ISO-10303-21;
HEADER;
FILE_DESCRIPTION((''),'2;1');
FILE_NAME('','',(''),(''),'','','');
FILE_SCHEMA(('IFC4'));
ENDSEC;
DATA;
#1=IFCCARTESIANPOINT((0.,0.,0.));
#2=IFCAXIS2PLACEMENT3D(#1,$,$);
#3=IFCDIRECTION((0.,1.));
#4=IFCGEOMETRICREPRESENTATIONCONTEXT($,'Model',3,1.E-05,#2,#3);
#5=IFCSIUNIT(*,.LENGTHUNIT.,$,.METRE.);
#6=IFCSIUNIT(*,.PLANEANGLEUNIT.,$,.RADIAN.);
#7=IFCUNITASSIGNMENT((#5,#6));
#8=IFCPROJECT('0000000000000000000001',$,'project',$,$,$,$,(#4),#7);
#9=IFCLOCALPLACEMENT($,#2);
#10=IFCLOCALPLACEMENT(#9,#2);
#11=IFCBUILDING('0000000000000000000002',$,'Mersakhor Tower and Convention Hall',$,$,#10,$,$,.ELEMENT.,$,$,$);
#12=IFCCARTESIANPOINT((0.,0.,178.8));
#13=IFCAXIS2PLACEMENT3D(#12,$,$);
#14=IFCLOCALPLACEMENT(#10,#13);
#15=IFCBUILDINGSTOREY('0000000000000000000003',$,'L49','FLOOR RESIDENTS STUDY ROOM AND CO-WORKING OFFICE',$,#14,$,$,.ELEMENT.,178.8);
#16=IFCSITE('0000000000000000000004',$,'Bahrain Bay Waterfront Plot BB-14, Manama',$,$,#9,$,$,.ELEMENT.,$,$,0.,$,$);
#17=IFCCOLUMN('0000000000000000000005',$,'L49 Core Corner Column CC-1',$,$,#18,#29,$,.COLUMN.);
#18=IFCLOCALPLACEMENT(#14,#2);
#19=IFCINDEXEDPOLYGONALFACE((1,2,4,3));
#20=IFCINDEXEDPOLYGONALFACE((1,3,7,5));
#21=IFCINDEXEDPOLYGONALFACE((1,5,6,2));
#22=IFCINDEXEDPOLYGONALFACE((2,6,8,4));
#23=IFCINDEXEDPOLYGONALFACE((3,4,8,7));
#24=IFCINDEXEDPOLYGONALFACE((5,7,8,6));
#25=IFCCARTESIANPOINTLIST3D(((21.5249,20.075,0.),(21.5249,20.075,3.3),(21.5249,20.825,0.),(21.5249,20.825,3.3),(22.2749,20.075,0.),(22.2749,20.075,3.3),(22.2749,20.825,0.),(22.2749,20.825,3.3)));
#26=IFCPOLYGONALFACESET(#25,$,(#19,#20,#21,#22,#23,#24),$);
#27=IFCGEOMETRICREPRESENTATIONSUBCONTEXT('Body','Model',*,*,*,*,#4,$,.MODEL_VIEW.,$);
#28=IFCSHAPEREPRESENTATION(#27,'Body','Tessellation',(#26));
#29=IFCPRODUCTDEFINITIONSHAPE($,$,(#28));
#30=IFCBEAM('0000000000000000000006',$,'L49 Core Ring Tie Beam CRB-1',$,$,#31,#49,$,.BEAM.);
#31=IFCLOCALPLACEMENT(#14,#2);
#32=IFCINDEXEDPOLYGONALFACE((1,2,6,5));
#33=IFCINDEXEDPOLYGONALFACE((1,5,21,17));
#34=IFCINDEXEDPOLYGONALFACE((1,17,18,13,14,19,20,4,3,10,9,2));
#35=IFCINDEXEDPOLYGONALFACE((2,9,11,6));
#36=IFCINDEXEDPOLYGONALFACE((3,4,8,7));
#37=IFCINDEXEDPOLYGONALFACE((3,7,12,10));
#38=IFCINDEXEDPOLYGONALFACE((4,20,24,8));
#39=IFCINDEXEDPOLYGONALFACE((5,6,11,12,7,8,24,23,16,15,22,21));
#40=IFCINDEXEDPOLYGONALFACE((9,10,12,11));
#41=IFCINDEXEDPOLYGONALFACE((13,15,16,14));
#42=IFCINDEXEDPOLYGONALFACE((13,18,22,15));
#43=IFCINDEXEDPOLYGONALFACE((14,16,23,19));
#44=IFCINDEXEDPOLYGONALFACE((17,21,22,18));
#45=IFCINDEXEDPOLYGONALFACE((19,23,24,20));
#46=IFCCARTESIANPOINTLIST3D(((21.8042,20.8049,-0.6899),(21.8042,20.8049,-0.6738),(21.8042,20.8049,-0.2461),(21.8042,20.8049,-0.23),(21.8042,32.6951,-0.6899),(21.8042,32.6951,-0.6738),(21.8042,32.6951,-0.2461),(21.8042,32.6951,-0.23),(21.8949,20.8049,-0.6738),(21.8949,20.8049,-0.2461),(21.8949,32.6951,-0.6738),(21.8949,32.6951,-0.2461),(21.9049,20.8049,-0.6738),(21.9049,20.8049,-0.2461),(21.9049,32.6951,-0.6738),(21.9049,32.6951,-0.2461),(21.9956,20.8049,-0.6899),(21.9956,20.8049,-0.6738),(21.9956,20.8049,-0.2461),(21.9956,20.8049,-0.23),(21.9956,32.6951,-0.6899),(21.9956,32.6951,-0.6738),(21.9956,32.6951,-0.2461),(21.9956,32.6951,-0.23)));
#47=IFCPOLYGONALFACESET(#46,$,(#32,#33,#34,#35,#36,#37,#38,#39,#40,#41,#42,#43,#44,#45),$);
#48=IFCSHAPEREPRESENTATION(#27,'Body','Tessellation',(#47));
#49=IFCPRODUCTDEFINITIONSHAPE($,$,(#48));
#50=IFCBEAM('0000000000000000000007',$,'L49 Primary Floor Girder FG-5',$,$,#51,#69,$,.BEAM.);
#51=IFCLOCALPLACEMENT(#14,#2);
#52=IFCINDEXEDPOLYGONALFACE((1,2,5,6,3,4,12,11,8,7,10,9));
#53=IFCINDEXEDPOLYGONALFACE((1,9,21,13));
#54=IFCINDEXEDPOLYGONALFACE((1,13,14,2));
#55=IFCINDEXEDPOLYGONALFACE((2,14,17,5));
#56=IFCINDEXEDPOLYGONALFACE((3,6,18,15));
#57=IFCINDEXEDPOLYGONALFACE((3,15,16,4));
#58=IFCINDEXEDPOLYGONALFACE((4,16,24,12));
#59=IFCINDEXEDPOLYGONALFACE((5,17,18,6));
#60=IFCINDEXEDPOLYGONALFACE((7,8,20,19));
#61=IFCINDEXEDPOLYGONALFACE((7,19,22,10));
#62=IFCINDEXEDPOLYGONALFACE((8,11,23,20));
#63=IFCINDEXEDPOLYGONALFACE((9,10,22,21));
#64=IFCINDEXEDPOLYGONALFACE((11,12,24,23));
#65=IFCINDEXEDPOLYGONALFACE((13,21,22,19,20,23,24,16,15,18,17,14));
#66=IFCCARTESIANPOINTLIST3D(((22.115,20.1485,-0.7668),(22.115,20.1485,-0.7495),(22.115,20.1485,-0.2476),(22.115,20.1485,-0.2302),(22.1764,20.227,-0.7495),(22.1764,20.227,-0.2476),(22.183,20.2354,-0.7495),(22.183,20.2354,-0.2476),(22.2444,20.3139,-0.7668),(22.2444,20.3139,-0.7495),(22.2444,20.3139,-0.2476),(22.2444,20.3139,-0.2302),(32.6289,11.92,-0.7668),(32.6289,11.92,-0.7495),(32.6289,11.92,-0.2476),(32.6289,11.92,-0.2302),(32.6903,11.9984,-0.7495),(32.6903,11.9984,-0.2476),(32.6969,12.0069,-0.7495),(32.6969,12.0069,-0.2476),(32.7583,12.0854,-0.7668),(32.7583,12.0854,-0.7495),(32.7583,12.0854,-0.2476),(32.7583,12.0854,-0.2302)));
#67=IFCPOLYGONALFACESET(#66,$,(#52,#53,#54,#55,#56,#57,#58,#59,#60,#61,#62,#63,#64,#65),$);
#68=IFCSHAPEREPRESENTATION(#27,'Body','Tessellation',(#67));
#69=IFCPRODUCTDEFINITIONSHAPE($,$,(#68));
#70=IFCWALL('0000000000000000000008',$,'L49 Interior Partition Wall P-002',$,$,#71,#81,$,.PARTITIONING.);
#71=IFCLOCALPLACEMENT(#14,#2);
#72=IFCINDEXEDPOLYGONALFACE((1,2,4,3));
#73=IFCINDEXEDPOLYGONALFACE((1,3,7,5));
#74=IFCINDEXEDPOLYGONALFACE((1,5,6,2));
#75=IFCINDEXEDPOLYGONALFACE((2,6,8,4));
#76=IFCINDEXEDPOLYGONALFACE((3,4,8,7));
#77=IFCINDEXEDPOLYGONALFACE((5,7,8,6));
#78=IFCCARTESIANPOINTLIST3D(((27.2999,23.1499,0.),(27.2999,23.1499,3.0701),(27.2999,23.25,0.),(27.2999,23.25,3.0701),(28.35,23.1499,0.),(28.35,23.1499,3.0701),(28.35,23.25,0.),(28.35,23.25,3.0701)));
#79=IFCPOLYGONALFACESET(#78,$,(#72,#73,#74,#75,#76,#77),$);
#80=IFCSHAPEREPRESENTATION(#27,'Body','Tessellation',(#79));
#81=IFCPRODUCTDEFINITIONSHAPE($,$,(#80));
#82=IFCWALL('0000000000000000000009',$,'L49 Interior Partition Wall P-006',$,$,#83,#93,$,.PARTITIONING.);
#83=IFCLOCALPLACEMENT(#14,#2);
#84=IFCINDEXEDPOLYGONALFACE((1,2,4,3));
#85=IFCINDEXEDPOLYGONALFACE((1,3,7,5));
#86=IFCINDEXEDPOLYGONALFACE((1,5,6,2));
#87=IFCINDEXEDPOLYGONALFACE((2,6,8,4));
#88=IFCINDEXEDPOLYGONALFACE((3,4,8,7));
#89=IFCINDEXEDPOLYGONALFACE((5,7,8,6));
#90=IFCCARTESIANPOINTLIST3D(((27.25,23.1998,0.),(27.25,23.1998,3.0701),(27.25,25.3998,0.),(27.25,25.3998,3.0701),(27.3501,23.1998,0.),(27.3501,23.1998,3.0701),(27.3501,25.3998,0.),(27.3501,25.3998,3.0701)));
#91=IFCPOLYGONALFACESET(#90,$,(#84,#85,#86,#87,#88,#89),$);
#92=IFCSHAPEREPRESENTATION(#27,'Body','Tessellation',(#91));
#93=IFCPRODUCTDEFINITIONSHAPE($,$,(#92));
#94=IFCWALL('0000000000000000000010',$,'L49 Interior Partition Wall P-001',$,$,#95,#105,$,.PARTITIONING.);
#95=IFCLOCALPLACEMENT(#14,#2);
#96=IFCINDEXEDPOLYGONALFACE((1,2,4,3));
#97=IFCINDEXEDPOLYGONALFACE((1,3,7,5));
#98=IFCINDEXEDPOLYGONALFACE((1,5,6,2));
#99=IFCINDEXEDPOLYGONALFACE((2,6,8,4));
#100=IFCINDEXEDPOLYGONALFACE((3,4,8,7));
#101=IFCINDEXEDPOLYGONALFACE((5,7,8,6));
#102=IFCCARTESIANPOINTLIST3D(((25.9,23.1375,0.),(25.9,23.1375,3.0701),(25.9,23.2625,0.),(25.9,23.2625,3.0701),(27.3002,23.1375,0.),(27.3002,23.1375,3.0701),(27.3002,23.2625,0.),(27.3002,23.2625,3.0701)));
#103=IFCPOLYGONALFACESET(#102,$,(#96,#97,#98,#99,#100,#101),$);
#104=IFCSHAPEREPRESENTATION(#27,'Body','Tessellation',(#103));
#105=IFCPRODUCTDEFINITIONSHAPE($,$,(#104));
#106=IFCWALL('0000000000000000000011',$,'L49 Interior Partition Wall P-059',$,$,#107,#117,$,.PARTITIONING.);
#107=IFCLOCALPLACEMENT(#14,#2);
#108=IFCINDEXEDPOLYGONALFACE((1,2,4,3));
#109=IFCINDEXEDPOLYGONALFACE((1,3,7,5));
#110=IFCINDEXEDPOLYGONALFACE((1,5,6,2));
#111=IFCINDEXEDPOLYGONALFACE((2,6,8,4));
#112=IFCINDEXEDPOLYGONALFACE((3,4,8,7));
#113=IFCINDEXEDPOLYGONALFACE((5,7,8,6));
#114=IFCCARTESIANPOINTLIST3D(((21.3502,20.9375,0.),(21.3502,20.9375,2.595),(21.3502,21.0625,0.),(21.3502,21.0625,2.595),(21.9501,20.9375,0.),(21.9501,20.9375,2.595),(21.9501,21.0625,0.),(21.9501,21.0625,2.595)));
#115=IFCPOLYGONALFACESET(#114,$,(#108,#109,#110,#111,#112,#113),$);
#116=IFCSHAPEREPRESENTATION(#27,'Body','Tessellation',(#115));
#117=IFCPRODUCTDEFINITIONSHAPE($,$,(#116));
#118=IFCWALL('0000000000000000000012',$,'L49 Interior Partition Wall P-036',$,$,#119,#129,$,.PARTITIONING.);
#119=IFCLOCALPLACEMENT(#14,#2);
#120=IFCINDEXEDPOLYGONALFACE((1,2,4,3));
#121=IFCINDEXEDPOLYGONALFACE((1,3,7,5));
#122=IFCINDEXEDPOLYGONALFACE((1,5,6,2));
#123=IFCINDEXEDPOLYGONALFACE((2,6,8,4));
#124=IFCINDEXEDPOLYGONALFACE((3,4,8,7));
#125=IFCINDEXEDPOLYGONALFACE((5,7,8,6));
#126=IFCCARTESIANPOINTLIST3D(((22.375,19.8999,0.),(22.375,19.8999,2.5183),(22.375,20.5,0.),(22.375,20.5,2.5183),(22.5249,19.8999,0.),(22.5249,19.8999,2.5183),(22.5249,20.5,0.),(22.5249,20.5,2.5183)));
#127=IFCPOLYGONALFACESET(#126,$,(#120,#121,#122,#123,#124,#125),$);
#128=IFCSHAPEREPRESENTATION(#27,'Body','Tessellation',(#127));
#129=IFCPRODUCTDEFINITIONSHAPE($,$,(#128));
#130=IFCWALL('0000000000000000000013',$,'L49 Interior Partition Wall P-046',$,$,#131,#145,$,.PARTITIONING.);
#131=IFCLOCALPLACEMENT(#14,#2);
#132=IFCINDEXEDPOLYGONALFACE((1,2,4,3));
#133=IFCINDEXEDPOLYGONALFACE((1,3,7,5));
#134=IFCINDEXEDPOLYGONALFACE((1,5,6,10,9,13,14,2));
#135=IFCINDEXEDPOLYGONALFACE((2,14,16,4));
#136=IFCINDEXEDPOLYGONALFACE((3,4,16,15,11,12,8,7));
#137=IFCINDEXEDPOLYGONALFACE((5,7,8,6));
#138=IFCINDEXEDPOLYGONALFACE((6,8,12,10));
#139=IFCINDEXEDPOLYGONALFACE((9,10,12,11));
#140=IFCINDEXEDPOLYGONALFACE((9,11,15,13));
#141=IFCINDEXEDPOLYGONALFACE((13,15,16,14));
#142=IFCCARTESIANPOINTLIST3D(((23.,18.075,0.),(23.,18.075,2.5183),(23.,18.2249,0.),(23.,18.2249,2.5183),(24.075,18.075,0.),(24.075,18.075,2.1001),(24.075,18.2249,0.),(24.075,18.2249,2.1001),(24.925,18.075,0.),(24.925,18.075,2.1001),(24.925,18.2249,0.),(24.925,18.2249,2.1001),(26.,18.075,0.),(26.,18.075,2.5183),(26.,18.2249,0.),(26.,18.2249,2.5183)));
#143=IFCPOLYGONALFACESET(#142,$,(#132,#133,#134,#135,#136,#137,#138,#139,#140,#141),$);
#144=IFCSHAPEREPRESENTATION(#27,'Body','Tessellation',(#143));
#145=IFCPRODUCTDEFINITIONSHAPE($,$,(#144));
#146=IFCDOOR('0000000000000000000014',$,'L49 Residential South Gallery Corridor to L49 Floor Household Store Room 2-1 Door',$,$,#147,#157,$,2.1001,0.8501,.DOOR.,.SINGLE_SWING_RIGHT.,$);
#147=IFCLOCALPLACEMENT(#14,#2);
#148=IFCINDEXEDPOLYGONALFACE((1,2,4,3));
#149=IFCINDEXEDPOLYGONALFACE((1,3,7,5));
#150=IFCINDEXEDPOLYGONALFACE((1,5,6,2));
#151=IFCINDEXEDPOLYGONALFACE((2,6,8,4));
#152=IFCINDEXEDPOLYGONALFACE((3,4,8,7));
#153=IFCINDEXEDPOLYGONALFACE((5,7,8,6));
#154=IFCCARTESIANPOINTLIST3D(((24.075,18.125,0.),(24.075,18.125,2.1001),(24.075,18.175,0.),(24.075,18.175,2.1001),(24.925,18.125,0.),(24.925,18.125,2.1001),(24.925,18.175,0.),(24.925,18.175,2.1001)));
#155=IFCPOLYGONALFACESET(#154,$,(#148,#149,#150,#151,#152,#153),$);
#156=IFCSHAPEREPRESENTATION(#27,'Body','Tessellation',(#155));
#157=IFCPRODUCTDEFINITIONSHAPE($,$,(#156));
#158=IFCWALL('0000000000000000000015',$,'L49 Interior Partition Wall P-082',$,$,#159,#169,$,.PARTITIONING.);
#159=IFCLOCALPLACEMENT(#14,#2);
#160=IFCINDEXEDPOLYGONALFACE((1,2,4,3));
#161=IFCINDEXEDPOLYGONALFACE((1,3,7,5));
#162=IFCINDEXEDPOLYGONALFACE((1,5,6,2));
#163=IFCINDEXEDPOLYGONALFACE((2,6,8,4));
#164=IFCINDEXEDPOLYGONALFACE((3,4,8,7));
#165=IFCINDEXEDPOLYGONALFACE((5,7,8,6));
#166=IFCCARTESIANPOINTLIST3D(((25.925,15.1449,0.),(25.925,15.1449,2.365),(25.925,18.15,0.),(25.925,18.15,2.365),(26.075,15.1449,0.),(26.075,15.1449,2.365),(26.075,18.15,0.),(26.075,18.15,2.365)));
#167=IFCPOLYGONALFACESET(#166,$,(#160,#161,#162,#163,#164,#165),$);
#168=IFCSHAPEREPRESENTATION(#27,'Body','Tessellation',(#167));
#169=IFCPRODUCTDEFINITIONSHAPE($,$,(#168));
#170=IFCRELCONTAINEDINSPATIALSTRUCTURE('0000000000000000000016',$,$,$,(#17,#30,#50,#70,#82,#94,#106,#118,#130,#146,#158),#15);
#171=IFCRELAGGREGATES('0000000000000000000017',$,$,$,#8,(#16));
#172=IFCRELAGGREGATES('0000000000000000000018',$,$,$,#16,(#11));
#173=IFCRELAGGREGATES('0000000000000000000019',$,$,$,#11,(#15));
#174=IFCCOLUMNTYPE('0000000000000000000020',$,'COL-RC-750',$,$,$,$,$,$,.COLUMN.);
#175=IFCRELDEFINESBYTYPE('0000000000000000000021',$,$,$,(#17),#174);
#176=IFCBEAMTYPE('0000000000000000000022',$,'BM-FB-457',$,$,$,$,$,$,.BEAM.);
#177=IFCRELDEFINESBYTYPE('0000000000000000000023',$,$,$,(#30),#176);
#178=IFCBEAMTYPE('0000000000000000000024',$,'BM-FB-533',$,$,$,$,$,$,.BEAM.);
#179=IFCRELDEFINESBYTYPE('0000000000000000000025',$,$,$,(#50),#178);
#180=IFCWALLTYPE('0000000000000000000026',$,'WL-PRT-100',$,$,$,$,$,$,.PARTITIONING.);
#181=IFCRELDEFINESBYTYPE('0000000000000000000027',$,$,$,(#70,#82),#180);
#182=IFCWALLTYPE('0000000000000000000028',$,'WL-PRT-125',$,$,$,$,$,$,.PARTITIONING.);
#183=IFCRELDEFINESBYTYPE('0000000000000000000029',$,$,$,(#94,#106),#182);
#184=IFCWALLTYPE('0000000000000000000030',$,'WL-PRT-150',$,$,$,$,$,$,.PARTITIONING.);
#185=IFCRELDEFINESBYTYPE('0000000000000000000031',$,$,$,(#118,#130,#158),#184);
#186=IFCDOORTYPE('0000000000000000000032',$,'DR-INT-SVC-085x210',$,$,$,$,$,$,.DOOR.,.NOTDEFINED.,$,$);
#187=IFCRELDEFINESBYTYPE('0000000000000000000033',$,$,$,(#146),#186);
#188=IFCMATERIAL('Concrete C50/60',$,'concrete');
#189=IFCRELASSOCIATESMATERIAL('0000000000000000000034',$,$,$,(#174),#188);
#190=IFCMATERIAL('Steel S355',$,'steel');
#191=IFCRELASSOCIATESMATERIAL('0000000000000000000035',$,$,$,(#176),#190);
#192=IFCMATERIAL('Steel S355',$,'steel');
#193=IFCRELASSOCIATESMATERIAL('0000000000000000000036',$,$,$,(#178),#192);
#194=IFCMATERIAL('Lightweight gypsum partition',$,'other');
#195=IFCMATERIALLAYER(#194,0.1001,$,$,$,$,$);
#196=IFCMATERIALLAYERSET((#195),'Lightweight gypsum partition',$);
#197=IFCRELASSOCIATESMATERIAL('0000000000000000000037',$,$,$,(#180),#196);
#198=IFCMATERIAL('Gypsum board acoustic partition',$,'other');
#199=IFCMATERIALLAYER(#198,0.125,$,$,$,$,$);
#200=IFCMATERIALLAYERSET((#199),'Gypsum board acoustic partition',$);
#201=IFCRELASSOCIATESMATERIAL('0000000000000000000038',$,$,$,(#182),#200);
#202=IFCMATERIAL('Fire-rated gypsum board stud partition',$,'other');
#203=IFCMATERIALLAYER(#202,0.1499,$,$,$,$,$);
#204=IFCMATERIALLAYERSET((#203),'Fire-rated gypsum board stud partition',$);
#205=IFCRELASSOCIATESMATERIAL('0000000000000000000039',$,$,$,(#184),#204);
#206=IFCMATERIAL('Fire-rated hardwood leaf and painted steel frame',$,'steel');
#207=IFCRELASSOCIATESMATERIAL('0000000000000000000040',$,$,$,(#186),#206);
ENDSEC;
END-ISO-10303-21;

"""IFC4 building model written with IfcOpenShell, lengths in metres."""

from ifc_helpers import new_model, si_unit, direction, frame, frame_2d, origin, origin_2d, place, context, subcontext, project, spatial, rectangle, i_section, extrude, material, layer, layer_set, material_profile, profile_set, type_object, element, fill, save


model = new_model("IFC4")

# Units and contexts
model_context = context("Model", 3, precision=1e-05, world=origin(), true_north=direction((0.0, 1.0)))
body_context = subcontext(model_context, "Body", "Model", "MODEL_VIEW")
ifc_project = project(units=[si_unit("LENGTHUNIT", "METRE"), si_unit("PLANEANGLEUNIT", "RADIAN")], contexts=[model_context])

# Site, building, storey
site_placement = place(None, origin())
site = spatial("IfcSite", under=ifc_project, at=site_placement, Name="Bahrain Bay Waterfront Plot BB-14, Manama", CompositionType="ELEMENT", RefElevation=0.0)
building_placement = place(site_placement, origin())
building = spatial("IfcBuilding", under=site, at=building_placement, Name="Mersakhor Tower and Convention Hall", CompositionType="ELEMENT")
storey_placement = place(building_placement, frame((0.0, 0.0, 178.8)))
storey = spatial("IfcBuildingStorey", under=building, at=storey_placement, Name="L49", Description="FLOOR RESIDENTS STUDY ROOM AND CO-WORKING OFFICE", CompositionType="ELEMENT", Elevation=178.8)

# Column
ifc_material_1 = material(Name="Concrete C50/60", Category="concrete")
ifc_material_profile_1 = material_profile(ifc_material_1, rectangle(XDim=0.75, YDim=0.75, at=origin_2d()), Name="RC 750x750")
ifc_profile_set_1 = profile_set([ifc_material_profile_1], Name="Concrete C50/60")
column_type = type_object("IfcColumnType", Name="COL-RC-750", PredefinedType="COLUMN", material=ifc_profile_set_1)
column_placement = place(storey_placement, frame((21.8999, 20.45, 0.0), z_axis=(0.0, 0.0, 1.0), x_axis=(1.0, 0.0, 0.0)))
element("IfcColumn", 1, at=column_placement, inside=storey, type_object=column_type, Name="L49 Core Corner Column CC-1", PredefinedType="COLUMN", context=body_context, shape_type="SweptSolid", body=[
    extrude(rectangle(XDim=0.75, YDim=0.75, at=origin_2d()), origin(), (0.0, 0.0, 1.0), 3.3),
])

# Beams
ifc_material_2 = material(Name="Steel S355", Category="steel")
ifc_material_profile_2 = material_profile(ifc_material_2, i_section(OverallWidth=0.1914, OverallDepth=0.46, WebThickness=0.01, FlangeThickness=0.0161, at=origin_2d()), Name="UB 457x191x82")
ifc_profile_set_2 = profile_set([ifc_material_profile_2], Name="Steel S355")
beam_type_1 = type_object("IfcBeamType", Name="BM-FB-457", PredefinedType="BEAM", material=ifc_profile_set_2)
beam_1_placement = place(storey_placement, frame((21.8999, 20.8049, -0.46), z_axis=(0.0, 1.0, 0.0), x_axis=(-1.0, 0.0, 0.0)))
element("IfcBeam", 2, at=beam_1_placement, inside=storey, type_object=beam_type_1, Name="L49 Core Ring Tie Beam CRB-1", PredefinedType="BEAM", context=body_context, shape_type="SweptSolid", body=[
    extrude(i_section(OverallWidth=0.1914, OverallDepth=0.46, WebThickness=0.01, FlangeThickness=0.0161, at=origin_2d()), origin(), (0.0, 0.0, 1.0), 11.8901),
])
ifc_material_3 = material(Name="Steel S355", Category="steel")
ifc_material_profile_3 = material_profile(ifc_material_3, i_section(OverallWidth=0.21, OverallDepth=0.5366, WebThickness=0.0107, FlangeThickness=0.0173, at=origin_2d()), Name="UB 533x210x101")
ifc_profile_set_3 = profile_set([ifc_material_profile_3], Name="Steel S355")
beam_type_2 = type_object("IfcBeamType", Name="BM-FB-533", PredefinedType="BEAM", material=ifc_profile_set_3)
beam_2_placement = place(storey_placement, frame((22.1797, 20.2312, -0.4985), z_axis=(0.787497, -0.616319, 0.0), x_axis=(0.616319, 0.787497, 0.0)))
element("IfcBeam", 3, at=beam_2_placement, inside=storey, type_object=beam_type_2, Name="L49 Primary Floor Girder FG-5", PredefinedType="BEAM", context=body_context, shape_type="SweptSolid", body=[
    extrude(i_section(OverallWidth=0.21, OverallDepth=0.5366, WebThickness=0.0107, FlangeThickness=0.0173, at=origin_2d()), origin(), (0.0, 0.0, 1.0), 13.3511),
])

# Walls
ifc_material_4 = material(Name="Lightweight gypsum partition", Category="other")
ifc_layer_1 = layer(ifc_material_4, 0.1001)
ifc_layer_set_1 = layer_set([ifc_layer_1], Name="Lightweight gypsum partition")
wall_type_1 = type_object("IfcWallType", Name="WL-PRT-100", PredefinedType="PARTITIONING", material=ifc_layer_set_1)
wall_1_placement = place(storey_placement, frame((27.3, 23.2, 0.0), z_axis=(0.0, 0.0, 1.0), x_axis=(1.0, 0.0, 0.0)))
element("IfcWall", 4, at=wall_1_placement, inside=storey, type_object=wall_type_1, Name="L49 Interior Partition Wall P-002", PredefinedType="PARTITIONING", context=body_context, shape_type="SweptSolid", body=[
    extrude(rectangle(XDim=1.05, YDim=0.1001, at=frame_2d((0.5249, 0.0))), origin(), (0.0, 0.0, 1.0), 3.0701),
])
wall_2_placement = place(storey_placement, frame((27.3, 25.3999, 0.0), z_axis=(0.0, 0.0, 1.0), x_axis=(0.0, -1.0, 0.0)))
element("IfcWall", 5, at=wall_2_placement, inside=storey, type_object=wall_type_1, Name="L49 Interior Partition Wall P-006", PredefinedType="PARTITIONING", context=body_context, shape_type="SweptSolid", body=[
    extrude(rectangle(XDim=2.2, YDim=0.1001, at=frame_2d((1.1001, 0.0))), origin(), (0.0, 0.0, 1.0), 3.0701),
])
ifc_material_5 = material(Name="Gypsum board acoustic partition", Category="other")
ifc_layer_2 = layer(ifc_material_5, 0.125)
ifc_layer_set_2 = layer_set([ifc_layer_2], Name="Gypsum board acoustic partition")
wall_type_2 = type_object("IfcWallType", Name="WL-PRT-125", PredefinedType="PARTITIONING", material=ifc_layer_set_2)
wall_3_placement = place(storey_placement, frame((25.8999, 23.2, 0.0), z_axis=(0.0, 0.0, 1.0), x_axis=(1.0, 0.0, 0.0)))
element("IfcWall", 6, at=wall_3_placement, inside=storey, type_object=wall_type_2, Name="L49 Interior Partition Wall P-001", PredefinedType="PARTITIONING", context=body_context, shape_type="SweptSolid", body=[
    extrude(rectangle(XDim=1.4001, YDim=0.125, at=frame_2d((0.7002, 0.0))), origin(), (0.0, 0.0, 1.0), 3.0701),
])
wall_4_placement = place(storey_placement, frame((21.95, 21.0, 0.0), z_axis=(0.0, 0.0, 1.0), x_axis=(-1.0, 0.0, 0.0)))
element("IfcWall", 7, at=wall_4_placement, inside=storey, type_object=wall_type_2, Name="L49 Interior Partition Wall P-059", PredefinedType="PARTITIONING", context=body_context, shape_type="SweptSolid", body=[
    extrude(rectangle(XDim=0.5999, YDim=0.125, at=frame_2d((0.2998, 0.0))), origin(), (0.0, 0.0, 1.0), 2.595),
])
ifc_material_6 = material(Name="Fire-rated gypsum board stud partition", Category="other")
ifc_layer_3 = layer(ifc_material_6, 0.1499)
ifc_layer_set_3 = layer_set([ifc_layer_3], Name="Fire-rated gypsum board stud partition")
wall_type_3 = type_object("IfcWallType", Name="WL-PRT-150", PredefinedType="PARTITIONING", material=ifc_layer_set_3)
wall_5_placement = place(storey_placement, frame((22.45, 19.8999, 0.0), z_axis=(0.0, 0.0, 1.0), x_axis=(0.0, 1.0, 0.0)))
element("IfcWall", 8, at=wall_5_placement, inside=storey, type_object=wall_type_3, Name="L49 Interior Partition Wall P-036", PredefinedType="PARTITIONING", context=body_context, shape_type="SweptSolid", body=[
    extrude(rectangle(XDim=0.6001, YDim=0.1499, at=frame_2d((0.3, 0.0))), origin(), (0.0, 0.0, 1.0), 2.5183),
])

# Wall, opening, door
wall_6_placement = place(storey_placement, frame((26.0, 18.1499, 0.0), z_axis=(0.0, 0.0, 1.0), x_axis=(-1.0, 0.0, 0.0)))
wall_6 = element("IfcWall", 9, at=wall_6_placement, inside=storey, type_object=wall_type_3, Name="L49 Interior Partition Wall P-046", PredefinedType="PARTITIONING", context=body_context, shape_type="SweptSolid", body=[
    extrude(rectangle(XDim=3.0, YDim=0.1499, at=frame_2d((1.5, 0.0))), origin(), (0.0, 0.0, 1.0), 2.5183),
])
opening_1_placement = place(wall_6_placement, frame((1.075, 0.0, 0.0)))
opening_1 = element("IfcOpeningElement", 10, at=opening_1_placement, cuts=wall_6, PredefinedType="OPENING", context=body_context, shape_type="SweptSolid", body=[
    extrude(rectangle(XDim=0.8501, YDim=2.1001, at=frame_2d((0.425, 1.05))), frame((0.0, 0.085, 0.0), z_axis=(0.0, -1.0, 0.0), x_axis=(1.0, 0.0, 0.0)), (0.0, 0.0, 1.0), 0.1699),
])
ifc_material_7 = material(Name="Fire-rated hardwood leaf and painted steel frame", Category="steel")
door_type_1 = type_object("IfcDoorType", Name="DR-INT-SVC-085x210", OperationType="NOTDEFINED", PredefinedType="DOOR", material=ifc_material_7)
door_1_placement = place(opening_1_placement, origin())
door_1 = element("IfcDoor", 11, at=door_1_placement, inside=storey, type_object=door_type_1, Name="L49 Residential South Gallery Corridor to L49 Floor Household Store Room 2-1 Door", OperationType="SINGLE_SWING_RIGHT", OverallHeight=2.1001, OverallWidth=0.8501, PredefinedType="DOOR", context=body_context, shape_type="SweptSolid", body=[
    extrude(rectangle(XDim=0.8501, YDim=2.1001, at=frame_2d((0.425, 1.05))), frame((0.0, 0.0249, 0.0), z_axis=(0.0, -1.0, 0.0), x_axis=(1.0, 0.0, 0.0)), (0.0, 0.0, 1.0), 0.05),
])
fill(opening_1, door_1)

# Wall
wall_7_placement = place(storey_placement, frame((26.0, 18.1499, 0.0), z_axis=(0.0, 0.0, 1.0), x_axis=(0.0, -1.0, 0.0)))
element("IfcWall", 12, at=wall_7_placement, inside=storey, type_object=wall_type_3, Name="L49 Interior Partition Wall P-082", PredefinedType="PARTITIONING", context=body_context, shape_type="SweptSolid", body=[
    extrude(rectangle(XDim=3.0051, YDim=0.1499, at=frame_2d((1.5024, 0.0))), origin(), (0.0, 0.0, 1.0), 2.365),
])

save(model, "model.ifc")
